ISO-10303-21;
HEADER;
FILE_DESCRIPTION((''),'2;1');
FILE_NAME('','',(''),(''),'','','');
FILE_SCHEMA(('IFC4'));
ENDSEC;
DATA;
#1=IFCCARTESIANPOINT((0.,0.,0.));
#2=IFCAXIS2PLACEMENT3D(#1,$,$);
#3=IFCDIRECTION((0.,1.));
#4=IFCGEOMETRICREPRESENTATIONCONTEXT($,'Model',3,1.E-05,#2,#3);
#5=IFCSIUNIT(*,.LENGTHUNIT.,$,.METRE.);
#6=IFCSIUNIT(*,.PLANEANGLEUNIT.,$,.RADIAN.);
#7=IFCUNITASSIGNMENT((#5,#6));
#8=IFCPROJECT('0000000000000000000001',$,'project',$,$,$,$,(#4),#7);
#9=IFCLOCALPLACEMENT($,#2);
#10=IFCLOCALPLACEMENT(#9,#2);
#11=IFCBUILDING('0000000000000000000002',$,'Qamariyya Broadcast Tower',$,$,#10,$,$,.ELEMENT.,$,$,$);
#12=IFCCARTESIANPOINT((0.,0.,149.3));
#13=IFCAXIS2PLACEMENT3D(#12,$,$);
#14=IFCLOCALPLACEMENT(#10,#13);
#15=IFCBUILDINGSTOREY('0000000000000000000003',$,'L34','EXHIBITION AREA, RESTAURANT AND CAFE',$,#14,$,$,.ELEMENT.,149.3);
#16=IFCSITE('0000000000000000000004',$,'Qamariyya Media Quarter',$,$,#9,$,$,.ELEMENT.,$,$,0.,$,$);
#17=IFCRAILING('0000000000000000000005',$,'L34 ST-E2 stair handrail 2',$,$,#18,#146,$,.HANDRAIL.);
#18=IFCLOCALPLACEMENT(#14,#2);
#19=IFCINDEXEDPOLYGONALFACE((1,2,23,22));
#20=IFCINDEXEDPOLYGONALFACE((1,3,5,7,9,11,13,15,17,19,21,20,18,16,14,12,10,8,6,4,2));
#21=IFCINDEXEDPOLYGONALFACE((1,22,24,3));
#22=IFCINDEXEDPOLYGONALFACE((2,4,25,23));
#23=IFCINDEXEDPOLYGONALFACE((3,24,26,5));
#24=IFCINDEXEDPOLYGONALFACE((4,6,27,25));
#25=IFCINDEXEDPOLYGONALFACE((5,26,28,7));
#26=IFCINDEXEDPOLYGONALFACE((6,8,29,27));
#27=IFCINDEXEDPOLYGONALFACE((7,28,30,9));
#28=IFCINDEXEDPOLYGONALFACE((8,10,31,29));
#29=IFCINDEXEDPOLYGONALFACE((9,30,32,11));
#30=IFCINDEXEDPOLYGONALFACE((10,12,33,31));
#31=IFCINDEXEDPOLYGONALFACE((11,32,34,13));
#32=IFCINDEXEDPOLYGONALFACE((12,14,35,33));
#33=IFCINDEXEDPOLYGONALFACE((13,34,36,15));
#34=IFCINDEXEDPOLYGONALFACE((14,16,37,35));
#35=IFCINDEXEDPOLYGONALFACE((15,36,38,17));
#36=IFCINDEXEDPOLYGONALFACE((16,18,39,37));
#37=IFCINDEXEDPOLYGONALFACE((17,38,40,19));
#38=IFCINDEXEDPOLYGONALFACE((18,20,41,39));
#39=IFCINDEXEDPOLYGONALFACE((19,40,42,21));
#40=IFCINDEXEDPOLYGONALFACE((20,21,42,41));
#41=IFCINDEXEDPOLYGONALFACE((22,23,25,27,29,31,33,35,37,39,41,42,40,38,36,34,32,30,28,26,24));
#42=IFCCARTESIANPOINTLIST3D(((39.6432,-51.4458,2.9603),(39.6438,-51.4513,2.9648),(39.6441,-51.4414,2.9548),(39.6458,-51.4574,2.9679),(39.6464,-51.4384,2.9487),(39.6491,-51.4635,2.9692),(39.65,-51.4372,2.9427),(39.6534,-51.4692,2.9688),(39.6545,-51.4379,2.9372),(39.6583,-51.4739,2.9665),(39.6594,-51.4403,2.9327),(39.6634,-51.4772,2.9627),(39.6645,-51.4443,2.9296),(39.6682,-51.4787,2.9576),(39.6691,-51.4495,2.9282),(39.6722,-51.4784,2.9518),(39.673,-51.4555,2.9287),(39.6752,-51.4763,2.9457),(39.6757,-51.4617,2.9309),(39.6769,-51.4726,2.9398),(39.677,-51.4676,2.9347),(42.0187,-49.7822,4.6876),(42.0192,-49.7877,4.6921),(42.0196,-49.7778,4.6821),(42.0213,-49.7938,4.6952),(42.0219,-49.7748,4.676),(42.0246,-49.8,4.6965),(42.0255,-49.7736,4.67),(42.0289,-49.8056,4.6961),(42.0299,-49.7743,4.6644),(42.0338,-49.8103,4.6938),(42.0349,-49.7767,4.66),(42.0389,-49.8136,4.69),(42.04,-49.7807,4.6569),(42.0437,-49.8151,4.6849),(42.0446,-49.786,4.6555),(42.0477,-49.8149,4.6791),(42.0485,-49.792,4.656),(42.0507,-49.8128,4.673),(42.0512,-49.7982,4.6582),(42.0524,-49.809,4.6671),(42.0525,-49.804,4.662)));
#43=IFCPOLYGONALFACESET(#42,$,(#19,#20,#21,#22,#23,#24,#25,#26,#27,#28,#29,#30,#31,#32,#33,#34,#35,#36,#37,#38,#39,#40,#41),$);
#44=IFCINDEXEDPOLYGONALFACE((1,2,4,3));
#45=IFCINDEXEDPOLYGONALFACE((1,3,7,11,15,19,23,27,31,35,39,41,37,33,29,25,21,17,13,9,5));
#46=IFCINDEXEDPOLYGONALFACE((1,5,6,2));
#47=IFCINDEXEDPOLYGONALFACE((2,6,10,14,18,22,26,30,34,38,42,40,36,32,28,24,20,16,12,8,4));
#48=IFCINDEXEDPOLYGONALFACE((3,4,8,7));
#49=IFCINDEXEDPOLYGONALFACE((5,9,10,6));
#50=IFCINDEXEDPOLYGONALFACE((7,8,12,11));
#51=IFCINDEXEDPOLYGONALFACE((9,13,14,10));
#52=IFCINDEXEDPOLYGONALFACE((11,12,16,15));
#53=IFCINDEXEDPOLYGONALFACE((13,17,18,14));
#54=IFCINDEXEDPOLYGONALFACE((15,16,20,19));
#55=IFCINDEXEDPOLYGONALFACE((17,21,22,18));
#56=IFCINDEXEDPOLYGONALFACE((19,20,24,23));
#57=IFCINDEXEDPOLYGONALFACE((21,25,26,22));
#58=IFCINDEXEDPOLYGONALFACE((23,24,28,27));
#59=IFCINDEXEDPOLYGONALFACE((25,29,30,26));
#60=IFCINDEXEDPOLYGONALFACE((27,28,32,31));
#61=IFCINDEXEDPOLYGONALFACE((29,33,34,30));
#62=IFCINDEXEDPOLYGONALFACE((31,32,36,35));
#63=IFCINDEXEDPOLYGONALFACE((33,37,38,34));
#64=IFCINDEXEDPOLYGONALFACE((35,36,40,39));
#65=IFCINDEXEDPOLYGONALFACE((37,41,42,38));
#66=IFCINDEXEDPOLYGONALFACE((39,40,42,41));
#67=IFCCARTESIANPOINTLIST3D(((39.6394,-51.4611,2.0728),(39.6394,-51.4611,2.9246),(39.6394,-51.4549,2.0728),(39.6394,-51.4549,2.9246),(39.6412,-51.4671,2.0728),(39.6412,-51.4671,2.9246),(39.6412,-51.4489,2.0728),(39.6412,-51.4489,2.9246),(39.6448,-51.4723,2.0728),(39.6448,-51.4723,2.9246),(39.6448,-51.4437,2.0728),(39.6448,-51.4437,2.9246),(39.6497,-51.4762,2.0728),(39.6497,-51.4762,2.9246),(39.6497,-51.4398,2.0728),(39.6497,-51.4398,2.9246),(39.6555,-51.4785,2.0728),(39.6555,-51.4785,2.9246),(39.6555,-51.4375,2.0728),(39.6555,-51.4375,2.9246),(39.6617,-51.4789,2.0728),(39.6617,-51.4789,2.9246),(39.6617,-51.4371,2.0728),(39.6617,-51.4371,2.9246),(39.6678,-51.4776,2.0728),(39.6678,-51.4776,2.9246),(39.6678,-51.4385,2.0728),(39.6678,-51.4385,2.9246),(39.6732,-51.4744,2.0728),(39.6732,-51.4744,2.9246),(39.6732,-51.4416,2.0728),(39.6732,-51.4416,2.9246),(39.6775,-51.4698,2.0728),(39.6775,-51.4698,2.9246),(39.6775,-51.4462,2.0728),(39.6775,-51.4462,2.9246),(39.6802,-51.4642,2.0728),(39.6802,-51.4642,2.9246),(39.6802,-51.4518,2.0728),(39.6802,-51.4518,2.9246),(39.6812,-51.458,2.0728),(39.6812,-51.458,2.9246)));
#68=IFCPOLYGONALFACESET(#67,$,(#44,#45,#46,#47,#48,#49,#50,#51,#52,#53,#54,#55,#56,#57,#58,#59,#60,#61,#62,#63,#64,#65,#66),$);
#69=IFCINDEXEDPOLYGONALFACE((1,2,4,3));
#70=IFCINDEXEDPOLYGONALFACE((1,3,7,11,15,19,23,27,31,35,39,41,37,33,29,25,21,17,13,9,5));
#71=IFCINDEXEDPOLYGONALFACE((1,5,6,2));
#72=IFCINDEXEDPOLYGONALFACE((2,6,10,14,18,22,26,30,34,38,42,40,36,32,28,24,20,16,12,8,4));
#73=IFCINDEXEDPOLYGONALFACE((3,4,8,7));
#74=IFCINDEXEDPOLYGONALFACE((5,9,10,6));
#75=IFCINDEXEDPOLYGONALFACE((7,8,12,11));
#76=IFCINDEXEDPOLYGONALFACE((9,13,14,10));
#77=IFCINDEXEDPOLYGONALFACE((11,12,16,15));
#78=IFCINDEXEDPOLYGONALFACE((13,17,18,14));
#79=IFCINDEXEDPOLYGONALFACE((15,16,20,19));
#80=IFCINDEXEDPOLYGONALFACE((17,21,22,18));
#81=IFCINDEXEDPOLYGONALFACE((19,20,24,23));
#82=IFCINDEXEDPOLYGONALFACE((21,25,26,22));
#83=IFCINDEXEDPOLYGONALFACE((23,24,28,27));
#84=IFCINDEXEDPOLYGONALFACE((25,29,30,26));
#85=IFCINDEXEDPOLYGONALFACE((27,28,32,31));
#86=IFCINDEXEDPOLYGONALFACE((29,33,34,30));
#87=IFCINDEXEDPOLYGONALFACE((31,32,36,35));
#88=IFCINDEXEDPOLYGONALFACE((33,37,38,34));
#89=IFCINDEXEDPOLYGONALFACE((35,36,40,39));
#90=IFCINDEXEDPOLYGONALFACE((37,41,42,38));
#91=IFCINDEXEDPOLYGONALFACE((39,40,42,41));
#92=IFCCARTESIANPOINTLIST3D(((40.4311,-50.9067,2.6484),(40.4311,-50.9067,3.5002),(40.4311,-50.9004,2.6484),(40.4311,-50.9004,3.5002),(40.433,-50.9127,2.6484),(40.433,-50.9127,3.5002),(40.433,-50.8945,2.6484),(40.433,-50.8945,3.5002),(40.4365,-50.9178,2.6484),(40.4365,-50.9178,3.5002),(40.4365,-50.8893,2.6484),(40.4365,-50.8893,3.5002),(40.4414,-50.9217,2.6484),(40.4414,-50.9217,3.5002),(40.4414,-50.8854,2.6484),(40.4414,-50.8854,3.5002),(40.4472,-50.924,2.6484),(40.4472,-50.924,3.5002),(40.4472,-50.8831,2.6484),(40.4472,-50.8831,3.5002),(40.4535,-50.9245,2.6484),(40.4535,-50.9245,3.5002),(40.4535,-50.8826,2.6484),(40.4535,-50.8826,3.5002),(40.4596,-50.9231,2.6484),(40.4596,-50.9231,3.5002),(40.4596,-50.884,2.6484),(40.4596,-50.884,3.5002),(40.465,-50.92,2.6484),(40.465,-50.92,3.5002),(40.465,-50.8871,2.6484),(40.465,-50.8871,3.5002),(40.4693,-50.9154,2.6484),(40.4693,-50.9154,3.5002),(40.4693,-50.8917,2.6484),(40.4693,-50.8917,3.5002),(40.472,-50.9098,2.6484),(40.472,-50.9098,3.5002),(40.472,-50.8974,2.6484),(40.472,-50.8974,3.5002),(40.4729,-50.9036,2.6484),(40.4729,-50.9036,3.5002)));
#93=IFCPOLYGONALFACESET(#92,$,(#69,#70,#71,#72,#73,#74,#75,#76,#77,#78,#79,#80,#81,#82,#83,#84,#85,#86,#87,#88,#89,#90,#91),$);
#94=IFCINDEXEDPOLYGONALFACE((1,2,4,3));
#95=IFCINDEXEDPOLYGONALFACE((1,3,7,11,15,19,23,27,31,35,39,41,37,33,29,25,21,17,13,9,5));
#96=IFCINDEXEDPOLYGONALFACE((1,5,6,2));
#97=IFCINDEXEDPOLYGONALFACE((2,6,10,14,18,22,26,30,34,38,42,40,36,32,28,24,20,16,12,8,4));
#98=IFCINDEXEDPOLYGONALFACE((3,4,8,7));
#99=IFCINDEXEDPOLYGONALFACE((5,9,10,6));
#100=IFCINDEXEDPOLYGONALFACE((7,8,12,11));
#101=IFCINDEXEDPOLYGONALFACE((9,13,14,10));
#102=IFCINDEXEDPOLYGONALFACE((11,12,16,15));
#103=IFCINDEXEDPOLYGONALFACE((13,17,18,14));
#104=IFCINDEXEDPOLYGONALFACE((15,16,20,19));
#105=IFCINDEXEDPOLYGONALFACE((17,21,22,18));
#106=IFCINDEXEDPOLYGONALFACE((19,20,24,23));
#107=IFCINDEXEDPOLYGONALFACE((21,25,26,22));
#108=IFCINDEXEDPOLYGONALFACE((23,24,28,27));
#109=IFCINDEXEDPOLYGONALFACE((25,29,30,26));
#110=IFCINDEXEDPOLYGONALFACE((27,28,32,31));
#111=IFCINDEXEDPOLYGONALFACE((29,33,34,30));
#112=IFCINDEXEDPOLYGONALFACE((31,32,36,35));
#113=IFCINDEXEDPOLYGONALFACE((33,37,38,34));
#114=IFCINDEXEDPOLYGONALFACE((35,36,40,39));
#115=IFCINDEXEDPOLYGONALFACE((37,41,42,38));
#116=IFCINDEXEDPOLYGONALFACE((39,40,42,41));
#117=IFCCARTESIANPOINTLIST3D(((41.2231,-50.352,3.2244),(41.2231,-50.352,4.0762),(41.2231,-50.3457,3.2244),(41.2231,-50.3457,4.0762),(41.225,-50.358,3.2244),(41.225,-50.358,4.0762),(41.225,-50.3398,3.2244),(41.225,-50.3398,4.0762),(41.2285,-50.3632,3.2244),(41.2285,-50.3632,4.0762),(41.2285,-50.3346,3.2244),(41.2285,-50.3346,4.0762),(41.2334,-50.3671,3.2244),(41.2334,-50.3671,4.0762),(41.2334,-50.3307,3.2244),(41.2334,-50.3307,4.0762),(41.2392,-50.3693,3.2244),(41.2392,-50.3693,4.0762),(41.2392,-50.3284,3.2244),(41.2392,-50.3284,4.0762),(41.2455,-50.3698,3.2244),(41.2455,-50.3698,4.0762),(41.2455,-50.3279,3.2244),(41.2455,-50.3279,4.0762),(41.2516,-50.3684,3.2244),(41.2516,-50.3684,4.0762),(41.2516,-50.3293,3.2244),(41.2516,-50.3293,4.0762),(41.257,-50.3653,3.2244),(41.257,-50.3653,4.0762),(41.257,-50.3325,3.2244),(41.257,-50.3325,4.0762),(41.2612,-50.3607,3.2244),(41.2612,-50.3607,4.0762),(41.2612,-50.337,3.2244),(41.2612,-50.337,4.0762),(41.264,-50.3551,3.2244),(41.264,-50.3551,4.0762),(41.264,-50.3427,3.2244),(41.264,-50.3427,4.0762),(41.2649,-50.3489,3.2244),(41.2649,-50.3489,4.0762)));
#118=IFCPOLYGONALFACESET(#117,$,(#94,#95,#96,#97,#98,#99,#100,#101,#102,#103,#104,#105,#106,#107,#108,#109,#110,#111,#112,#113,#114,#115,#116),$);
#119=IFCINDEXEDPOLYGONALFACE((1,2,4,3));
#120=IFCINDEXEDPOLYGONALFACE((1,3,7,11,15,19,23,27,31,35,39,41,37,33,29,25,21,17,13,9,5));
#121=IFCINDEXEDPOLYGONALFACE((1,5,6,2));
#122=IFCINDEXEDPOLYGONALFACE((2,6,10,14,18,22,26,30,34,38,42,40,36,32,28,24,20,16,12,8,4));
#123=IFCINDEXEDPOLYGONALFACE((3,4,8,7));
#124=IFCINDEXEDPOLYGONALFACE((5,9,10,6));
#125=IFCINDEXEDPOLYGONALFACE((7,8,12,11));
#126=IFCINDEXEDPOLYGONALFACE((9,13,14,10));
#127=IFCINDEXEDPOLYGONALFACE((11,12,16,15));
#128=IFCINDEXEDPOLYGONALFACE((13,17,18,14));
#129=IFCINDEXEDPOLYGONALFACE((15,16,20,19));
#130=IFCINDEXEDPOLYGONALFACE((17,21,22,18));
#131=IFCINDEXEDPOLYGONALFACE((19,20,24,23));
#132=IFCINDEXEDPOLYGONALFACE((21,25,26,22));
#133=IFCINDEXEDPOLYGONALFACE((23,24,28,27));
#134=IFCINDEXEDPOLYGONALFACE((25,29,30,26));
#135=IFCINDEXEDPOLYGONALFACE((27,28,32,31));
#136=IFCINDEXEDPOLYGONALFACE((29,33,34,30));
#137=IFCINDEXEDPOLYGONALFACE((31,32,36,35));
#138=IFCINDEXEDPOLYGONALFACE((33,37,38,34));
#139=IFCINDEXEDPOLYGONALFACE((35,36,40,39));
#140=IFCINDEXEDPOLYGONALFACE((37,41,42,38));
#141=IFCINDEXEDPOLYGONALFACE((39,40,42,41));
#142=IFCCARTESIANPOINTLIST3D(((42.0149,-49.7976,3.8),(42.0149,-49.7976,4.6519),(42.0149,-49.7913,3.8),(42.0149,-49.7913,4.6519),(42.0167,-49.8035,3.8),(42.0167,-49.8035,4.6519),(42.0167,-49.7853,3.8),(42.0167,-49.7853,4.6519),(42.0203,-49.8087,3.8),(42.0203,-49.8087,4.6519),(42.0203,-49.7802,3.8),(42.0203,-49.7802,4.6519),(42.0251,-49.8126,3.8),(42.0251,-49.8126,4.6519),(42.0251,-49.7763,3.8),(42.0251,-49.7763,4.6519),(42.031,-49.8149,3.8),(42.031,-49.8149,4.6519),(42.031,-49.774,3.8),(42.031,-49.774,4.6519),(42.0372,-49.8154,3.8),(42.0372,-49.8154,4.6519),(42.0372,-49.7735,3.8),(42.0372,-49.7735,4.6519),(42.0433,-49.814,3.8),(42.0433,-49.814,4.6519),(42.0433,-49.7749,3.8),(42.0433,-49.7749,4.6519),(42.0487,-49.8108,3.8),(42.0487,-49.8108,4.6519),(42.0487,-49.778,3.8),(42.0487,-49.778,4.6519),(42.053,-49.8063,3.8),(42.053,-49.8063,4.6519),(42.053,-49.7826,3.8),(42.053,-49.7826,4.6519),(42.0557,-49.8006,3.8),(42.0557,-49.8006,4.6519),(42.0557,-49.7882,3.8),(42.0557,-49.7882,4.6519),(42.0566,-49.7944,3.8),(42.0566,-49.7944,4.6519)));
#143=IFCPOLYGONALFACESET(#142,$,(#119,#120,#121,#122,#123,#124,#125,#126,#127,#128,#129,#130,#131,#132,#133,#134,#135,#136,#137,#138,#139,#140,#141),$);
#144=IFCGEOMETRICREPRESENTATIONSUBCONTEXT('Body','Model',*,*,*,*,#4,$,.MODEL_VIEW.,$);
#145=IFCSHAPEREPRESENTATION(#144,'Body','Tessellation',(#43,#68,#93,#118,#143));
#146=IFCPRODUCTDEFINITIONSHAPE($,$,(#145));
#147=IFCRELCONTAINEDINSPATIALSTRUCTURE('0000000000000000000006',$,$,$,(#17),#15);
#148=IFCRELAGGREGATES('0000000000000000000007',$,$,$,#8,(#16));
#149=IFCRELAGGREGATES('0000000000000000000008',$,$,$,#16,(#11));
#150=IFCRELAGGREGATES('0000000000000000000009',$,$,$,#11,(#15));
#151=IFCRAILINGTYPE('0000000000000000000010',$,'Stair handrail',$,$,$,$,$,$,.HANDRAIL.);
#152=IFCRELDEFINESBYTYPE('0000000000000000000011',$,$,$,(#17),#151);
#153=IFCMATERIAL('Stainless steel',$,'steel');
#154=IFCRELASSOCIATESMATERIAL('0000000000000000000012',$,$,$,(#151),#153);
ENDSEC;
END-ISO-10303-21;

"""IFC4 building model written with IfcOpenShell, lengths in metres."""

from ifc_helpers import new_model, si_unit, direction, frame, origin, origin_2d, place, context, subcontext, project, spatial, circle, extrude, material, type_object, element, save


model = new_model("IFC4")

# Units and contexts
model_context = context("Model", 3, precision=1e-05, world=origin(), true_north=direction((0.0, 1.0)))
body_context = subcontext(model_context, "Body", "Model", "MODEL_VIEW")
ifc_project = project(units=[si_unit("LENGTHUNIT", "METRE"), si_unit("PLANEANGLEUNIT", "RADIAN")], contexts=[model_context])

# Site, building, storey
site_placement = place(None, origin())
site = spatial("IfcSite", under=ifc_project, at=site_placement, Name="Qamariyya Media Quarter", CompositionType="ELEMENT", RefElevation=0.0)
building_placement = place(site_placement, origin())
building = spatial("IfcBuilding", under=site, at=building_placement, Name="Qamariyya Broadcast Tower", CompositionType="ELEMENT")
storey_placement = place(building_placement, frame((0.0, 0.0, 149.3)))
storey = spatial("IfcBuildingStorey", under=building, at=storey_placement, Name="L34", Description="EXHIBITION AREA, RESTAURANT AND CAFE", CompositionType="ELEMENT", Elevation=149.3)

# Railing
ifc_material_1 = material(Name="Stainless steel", Category="steel")
railing_type_1 = type_object("IfcRailingType", Name="Stair handrail", PredefinedType="HANDRAIL", material=ifc_material_1)
railing_1_placement = place(storey_placement, frame((39.6602, -51.458, 2.0728)))
element("IfcRailing", 1, at=railing_1_placement, inside=storey, type_object=railing_type_1, Name="L34 ST-E2 stair handrail 2", PredefinedType="HANDRAIL", context=body_context, shape_type="SweptSolid", body=[
    extrude(circle(Radius=0.0239, at=origin_2d()), frame((0.0, 0.0, 0.876), z_axis=(0.703745, 0.492838, 0.511716), x_axis=(-0.573632, 0.819113, 0.0)), (0.0, 0.0, 1.0), 3.3755),
    extrude(circle(Radius=0.021, at=origin_2d()), origin(), (0.0, 0.0, 1.0), 0.8518),
    extrude(circle(Radius=0.021, at=origin_2d()), frame((0.7917, 0.5544, 0.5757)), (0.0, 0.0, 1.0), 0.8518),
    extrude(circle(Radius=0.021, at=origin_2d()), frame((1.5837, 1.1091, 1.1516)), (0.0, 0.0, 1.0), 0.8518),
    extrude(circle(Radius=0.021, at=origin_2d()), frame((2.3755, 1.6636, 1.7273)), (0.0, 0.0, 1.0), 0.8518),
])

save(model, "model.ifc")
